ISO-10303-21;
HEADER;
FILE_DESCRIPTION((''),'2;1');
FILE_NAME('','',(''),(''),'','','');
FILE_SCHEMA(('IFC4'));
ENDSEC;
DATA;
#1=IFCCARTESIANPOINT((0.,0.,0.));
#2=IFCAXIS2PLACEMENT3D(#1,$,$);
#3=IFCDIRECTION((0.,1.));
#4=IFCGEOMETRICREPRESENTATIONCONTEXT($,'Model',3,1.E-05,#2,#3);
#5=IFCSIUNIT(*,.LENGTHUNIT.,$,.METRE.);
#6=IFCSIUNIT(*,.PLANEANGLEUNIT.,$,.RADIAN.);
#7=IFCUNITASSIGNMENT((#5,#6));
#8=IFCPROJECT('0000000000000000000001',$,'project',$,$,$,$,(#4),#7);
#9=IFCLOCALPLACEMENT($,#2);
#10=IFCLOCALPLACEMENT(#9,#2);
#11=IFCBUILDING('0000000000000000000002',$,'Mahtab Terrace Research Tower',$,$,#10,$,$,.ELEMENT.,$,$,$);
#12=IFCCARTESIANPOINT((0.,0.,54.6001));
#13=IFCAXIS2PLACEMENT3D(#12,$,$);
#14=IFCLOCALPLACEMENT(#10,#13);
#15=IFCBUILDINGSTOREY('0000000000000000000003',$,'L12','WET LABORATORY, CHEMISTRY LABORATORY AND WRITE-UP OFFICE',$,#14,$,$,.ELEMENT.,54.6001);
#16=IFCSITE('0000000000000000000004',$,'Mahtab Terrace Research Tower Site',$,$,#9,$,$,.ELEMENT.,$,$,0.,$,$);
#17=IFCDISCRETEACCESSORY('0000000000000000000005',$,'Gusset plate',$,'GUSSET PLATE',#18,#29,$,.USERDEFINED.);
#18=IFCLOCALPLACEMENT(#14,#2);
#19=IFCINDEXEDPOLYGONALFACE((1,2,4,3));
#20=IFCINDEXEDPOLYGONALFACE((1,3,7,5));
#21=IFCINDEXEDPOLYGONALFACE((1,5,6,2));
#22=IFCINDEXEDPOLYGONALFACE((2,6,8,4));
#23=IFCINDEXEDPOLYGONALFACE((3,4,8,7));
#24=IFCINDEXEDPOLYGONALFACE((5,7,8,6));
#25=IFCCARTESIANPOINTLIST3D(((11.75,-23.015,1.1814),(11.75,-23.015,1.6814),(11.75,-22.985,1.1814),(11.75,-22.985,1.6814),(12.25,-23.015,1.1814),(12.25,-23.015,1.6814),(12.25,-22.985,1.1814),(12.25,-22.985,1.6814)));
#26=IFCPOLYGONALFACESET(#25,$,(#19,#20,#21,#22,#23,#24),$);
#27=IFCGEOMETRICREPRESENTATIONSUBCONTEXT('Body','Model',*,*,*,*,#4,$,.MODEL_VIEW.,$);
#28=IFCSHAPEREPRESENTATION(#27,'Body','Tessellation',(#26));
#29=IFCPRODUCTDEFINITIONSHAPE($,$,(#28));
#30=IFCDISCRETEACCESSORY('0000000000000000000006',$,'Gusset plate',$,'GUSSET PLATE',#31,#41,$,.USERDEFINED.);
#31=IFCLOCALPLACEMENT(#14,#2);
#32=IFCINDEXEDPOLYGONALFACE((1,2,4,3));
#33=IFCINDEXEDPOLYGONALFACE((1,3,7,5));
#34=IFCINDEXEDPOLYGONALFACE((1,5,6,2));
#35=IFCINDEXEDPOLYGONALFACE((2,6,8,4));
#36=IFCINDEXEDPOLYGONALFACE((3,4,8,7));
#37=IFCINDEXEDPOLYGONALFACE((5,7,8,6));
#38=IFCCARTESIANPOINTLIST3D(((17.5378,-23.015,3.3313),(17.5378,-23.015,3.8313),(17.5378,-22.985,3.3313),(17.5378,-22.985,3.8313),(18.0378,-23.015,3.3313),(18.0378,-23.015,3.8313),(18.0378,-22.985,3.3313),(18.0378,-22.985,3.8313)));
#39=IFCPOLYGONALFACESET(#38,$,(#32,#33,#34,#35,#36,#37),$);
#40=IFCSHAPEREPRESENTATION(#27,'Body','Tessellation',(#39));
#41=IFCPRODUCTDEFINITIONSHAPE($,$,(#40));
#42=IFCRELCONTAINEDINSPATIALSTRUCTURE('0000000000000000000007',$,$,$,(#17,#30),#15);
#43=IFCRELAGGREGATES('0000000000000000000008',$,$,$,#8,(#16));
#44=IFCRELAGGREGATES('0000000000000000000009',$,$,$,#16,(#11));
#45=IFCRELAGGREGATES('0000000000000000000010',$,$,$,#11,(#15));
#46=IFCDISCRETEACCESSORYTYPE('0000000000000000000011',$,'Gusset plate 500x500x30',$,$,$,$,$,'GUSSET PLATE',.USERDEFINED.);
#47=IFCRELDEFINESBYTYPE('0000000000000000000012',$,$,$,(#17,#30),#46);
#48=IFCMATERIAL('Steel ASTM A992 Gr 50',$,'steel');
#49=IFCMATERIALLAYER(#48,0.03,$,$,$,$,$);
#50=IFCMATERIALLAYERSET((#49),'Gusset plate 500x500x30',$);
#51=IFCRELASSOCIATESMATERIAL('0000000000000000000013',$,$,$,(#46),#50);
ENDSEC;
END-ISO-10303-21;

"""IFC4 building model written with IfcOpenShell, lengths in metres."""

from ifc_helpers import new_model, si_unit, direction, frame, origin, origin_2d, place, context, subcontext, project, spatial, rectangle, extrude, material, layer, layer_set, type_object, element, save


model = new_model("IFC4")

# Units and contexts
model_context = context("Model", 3, precision=1e-05, world=origin(), true_north=direction((0.0, 1.0)))
body_context = subcontext(model_context, "Body", "Model", "MODEL_VIEW")
ifc_project = project(units=[si_unit("LENGTHUNIT", "METRE"), si_unit("PLANEANGLEUNIT", "RADIAN")], contexts=[model_context])

# Site, building, storey
site_placement = place(None, origin())
site = spatial("IfcSite", under=ifc_project, at=site_placement, Name="Mahtab Terrace Research Tower Site", CompositionType="ELEMENT", RefElevation=0.0)
building_placement = place(site_placement, origin())
building = spatial("IfcBuilding", under=site, at=building_placement, Name="Mahtab Terrace Research Tower", CompositionType="ELEMENT")
storey_placement = place(building_placement, frame((0.0, 0.0, 54.6001)))
storey = spatial("IfcBuildingStorey", under=building, at=storey_placement, Name="L12", Description="WET LABORATORY, CHEMISTRY LABORATORY AND WRITE-UP OFFICE", CompositionType="ELEMENT", Elevation=54.6001)

# Shared definitions
ifc_material_1 = material(Name="Steel ASTM A992 Gr 50", Category="steel")

# Discrete accessories
ifc_layer_1 = layer(ifc_material_1, 0.03)
ifc_layer_set_1 = layer_set([ifc_layer_1], Name="Gusset plate 500x500x30")
discrete_accessory_type = type_object("IfcDiscreteAccessoryType", Name="Gusset plate 500x500x30", ElementType="GUSSET PLATE", PredefinedType="USERDEFINED", material=ifc_layer_set_1)
for number, where, z_axis, x_axis, name in (
    (1, (12.0, -23.0, 1.1814), (0.0, 0.0, 1.0), (1.0, 0.0, 0.0), "Gusset plate"),
    (2, (17.7878, -23.0, 3.3313), (0.0, 0.0, 1.0), (1.0, 0.0, 0.0), "Gusset plate"),
):
    element("IfcDiscreteAccessory", number, at=place(storey_placement, frame(where, z_axis=z_axis, x_axis=x_axis)), inside=storey, type_object=discrete_accessory_type, Name=name, ObjectType="GUSSET PLATE", PredefinedType="USERDEFINED", context=body_context, shape_type="SweptSolid", body=[
        extrude(rectangle(XDim=0.5, YDim=0.03, at=origin_2d()), origin(), (0.0, 0.0, 1.0), 0.5),
    ])

save(model, "model.ifc")
